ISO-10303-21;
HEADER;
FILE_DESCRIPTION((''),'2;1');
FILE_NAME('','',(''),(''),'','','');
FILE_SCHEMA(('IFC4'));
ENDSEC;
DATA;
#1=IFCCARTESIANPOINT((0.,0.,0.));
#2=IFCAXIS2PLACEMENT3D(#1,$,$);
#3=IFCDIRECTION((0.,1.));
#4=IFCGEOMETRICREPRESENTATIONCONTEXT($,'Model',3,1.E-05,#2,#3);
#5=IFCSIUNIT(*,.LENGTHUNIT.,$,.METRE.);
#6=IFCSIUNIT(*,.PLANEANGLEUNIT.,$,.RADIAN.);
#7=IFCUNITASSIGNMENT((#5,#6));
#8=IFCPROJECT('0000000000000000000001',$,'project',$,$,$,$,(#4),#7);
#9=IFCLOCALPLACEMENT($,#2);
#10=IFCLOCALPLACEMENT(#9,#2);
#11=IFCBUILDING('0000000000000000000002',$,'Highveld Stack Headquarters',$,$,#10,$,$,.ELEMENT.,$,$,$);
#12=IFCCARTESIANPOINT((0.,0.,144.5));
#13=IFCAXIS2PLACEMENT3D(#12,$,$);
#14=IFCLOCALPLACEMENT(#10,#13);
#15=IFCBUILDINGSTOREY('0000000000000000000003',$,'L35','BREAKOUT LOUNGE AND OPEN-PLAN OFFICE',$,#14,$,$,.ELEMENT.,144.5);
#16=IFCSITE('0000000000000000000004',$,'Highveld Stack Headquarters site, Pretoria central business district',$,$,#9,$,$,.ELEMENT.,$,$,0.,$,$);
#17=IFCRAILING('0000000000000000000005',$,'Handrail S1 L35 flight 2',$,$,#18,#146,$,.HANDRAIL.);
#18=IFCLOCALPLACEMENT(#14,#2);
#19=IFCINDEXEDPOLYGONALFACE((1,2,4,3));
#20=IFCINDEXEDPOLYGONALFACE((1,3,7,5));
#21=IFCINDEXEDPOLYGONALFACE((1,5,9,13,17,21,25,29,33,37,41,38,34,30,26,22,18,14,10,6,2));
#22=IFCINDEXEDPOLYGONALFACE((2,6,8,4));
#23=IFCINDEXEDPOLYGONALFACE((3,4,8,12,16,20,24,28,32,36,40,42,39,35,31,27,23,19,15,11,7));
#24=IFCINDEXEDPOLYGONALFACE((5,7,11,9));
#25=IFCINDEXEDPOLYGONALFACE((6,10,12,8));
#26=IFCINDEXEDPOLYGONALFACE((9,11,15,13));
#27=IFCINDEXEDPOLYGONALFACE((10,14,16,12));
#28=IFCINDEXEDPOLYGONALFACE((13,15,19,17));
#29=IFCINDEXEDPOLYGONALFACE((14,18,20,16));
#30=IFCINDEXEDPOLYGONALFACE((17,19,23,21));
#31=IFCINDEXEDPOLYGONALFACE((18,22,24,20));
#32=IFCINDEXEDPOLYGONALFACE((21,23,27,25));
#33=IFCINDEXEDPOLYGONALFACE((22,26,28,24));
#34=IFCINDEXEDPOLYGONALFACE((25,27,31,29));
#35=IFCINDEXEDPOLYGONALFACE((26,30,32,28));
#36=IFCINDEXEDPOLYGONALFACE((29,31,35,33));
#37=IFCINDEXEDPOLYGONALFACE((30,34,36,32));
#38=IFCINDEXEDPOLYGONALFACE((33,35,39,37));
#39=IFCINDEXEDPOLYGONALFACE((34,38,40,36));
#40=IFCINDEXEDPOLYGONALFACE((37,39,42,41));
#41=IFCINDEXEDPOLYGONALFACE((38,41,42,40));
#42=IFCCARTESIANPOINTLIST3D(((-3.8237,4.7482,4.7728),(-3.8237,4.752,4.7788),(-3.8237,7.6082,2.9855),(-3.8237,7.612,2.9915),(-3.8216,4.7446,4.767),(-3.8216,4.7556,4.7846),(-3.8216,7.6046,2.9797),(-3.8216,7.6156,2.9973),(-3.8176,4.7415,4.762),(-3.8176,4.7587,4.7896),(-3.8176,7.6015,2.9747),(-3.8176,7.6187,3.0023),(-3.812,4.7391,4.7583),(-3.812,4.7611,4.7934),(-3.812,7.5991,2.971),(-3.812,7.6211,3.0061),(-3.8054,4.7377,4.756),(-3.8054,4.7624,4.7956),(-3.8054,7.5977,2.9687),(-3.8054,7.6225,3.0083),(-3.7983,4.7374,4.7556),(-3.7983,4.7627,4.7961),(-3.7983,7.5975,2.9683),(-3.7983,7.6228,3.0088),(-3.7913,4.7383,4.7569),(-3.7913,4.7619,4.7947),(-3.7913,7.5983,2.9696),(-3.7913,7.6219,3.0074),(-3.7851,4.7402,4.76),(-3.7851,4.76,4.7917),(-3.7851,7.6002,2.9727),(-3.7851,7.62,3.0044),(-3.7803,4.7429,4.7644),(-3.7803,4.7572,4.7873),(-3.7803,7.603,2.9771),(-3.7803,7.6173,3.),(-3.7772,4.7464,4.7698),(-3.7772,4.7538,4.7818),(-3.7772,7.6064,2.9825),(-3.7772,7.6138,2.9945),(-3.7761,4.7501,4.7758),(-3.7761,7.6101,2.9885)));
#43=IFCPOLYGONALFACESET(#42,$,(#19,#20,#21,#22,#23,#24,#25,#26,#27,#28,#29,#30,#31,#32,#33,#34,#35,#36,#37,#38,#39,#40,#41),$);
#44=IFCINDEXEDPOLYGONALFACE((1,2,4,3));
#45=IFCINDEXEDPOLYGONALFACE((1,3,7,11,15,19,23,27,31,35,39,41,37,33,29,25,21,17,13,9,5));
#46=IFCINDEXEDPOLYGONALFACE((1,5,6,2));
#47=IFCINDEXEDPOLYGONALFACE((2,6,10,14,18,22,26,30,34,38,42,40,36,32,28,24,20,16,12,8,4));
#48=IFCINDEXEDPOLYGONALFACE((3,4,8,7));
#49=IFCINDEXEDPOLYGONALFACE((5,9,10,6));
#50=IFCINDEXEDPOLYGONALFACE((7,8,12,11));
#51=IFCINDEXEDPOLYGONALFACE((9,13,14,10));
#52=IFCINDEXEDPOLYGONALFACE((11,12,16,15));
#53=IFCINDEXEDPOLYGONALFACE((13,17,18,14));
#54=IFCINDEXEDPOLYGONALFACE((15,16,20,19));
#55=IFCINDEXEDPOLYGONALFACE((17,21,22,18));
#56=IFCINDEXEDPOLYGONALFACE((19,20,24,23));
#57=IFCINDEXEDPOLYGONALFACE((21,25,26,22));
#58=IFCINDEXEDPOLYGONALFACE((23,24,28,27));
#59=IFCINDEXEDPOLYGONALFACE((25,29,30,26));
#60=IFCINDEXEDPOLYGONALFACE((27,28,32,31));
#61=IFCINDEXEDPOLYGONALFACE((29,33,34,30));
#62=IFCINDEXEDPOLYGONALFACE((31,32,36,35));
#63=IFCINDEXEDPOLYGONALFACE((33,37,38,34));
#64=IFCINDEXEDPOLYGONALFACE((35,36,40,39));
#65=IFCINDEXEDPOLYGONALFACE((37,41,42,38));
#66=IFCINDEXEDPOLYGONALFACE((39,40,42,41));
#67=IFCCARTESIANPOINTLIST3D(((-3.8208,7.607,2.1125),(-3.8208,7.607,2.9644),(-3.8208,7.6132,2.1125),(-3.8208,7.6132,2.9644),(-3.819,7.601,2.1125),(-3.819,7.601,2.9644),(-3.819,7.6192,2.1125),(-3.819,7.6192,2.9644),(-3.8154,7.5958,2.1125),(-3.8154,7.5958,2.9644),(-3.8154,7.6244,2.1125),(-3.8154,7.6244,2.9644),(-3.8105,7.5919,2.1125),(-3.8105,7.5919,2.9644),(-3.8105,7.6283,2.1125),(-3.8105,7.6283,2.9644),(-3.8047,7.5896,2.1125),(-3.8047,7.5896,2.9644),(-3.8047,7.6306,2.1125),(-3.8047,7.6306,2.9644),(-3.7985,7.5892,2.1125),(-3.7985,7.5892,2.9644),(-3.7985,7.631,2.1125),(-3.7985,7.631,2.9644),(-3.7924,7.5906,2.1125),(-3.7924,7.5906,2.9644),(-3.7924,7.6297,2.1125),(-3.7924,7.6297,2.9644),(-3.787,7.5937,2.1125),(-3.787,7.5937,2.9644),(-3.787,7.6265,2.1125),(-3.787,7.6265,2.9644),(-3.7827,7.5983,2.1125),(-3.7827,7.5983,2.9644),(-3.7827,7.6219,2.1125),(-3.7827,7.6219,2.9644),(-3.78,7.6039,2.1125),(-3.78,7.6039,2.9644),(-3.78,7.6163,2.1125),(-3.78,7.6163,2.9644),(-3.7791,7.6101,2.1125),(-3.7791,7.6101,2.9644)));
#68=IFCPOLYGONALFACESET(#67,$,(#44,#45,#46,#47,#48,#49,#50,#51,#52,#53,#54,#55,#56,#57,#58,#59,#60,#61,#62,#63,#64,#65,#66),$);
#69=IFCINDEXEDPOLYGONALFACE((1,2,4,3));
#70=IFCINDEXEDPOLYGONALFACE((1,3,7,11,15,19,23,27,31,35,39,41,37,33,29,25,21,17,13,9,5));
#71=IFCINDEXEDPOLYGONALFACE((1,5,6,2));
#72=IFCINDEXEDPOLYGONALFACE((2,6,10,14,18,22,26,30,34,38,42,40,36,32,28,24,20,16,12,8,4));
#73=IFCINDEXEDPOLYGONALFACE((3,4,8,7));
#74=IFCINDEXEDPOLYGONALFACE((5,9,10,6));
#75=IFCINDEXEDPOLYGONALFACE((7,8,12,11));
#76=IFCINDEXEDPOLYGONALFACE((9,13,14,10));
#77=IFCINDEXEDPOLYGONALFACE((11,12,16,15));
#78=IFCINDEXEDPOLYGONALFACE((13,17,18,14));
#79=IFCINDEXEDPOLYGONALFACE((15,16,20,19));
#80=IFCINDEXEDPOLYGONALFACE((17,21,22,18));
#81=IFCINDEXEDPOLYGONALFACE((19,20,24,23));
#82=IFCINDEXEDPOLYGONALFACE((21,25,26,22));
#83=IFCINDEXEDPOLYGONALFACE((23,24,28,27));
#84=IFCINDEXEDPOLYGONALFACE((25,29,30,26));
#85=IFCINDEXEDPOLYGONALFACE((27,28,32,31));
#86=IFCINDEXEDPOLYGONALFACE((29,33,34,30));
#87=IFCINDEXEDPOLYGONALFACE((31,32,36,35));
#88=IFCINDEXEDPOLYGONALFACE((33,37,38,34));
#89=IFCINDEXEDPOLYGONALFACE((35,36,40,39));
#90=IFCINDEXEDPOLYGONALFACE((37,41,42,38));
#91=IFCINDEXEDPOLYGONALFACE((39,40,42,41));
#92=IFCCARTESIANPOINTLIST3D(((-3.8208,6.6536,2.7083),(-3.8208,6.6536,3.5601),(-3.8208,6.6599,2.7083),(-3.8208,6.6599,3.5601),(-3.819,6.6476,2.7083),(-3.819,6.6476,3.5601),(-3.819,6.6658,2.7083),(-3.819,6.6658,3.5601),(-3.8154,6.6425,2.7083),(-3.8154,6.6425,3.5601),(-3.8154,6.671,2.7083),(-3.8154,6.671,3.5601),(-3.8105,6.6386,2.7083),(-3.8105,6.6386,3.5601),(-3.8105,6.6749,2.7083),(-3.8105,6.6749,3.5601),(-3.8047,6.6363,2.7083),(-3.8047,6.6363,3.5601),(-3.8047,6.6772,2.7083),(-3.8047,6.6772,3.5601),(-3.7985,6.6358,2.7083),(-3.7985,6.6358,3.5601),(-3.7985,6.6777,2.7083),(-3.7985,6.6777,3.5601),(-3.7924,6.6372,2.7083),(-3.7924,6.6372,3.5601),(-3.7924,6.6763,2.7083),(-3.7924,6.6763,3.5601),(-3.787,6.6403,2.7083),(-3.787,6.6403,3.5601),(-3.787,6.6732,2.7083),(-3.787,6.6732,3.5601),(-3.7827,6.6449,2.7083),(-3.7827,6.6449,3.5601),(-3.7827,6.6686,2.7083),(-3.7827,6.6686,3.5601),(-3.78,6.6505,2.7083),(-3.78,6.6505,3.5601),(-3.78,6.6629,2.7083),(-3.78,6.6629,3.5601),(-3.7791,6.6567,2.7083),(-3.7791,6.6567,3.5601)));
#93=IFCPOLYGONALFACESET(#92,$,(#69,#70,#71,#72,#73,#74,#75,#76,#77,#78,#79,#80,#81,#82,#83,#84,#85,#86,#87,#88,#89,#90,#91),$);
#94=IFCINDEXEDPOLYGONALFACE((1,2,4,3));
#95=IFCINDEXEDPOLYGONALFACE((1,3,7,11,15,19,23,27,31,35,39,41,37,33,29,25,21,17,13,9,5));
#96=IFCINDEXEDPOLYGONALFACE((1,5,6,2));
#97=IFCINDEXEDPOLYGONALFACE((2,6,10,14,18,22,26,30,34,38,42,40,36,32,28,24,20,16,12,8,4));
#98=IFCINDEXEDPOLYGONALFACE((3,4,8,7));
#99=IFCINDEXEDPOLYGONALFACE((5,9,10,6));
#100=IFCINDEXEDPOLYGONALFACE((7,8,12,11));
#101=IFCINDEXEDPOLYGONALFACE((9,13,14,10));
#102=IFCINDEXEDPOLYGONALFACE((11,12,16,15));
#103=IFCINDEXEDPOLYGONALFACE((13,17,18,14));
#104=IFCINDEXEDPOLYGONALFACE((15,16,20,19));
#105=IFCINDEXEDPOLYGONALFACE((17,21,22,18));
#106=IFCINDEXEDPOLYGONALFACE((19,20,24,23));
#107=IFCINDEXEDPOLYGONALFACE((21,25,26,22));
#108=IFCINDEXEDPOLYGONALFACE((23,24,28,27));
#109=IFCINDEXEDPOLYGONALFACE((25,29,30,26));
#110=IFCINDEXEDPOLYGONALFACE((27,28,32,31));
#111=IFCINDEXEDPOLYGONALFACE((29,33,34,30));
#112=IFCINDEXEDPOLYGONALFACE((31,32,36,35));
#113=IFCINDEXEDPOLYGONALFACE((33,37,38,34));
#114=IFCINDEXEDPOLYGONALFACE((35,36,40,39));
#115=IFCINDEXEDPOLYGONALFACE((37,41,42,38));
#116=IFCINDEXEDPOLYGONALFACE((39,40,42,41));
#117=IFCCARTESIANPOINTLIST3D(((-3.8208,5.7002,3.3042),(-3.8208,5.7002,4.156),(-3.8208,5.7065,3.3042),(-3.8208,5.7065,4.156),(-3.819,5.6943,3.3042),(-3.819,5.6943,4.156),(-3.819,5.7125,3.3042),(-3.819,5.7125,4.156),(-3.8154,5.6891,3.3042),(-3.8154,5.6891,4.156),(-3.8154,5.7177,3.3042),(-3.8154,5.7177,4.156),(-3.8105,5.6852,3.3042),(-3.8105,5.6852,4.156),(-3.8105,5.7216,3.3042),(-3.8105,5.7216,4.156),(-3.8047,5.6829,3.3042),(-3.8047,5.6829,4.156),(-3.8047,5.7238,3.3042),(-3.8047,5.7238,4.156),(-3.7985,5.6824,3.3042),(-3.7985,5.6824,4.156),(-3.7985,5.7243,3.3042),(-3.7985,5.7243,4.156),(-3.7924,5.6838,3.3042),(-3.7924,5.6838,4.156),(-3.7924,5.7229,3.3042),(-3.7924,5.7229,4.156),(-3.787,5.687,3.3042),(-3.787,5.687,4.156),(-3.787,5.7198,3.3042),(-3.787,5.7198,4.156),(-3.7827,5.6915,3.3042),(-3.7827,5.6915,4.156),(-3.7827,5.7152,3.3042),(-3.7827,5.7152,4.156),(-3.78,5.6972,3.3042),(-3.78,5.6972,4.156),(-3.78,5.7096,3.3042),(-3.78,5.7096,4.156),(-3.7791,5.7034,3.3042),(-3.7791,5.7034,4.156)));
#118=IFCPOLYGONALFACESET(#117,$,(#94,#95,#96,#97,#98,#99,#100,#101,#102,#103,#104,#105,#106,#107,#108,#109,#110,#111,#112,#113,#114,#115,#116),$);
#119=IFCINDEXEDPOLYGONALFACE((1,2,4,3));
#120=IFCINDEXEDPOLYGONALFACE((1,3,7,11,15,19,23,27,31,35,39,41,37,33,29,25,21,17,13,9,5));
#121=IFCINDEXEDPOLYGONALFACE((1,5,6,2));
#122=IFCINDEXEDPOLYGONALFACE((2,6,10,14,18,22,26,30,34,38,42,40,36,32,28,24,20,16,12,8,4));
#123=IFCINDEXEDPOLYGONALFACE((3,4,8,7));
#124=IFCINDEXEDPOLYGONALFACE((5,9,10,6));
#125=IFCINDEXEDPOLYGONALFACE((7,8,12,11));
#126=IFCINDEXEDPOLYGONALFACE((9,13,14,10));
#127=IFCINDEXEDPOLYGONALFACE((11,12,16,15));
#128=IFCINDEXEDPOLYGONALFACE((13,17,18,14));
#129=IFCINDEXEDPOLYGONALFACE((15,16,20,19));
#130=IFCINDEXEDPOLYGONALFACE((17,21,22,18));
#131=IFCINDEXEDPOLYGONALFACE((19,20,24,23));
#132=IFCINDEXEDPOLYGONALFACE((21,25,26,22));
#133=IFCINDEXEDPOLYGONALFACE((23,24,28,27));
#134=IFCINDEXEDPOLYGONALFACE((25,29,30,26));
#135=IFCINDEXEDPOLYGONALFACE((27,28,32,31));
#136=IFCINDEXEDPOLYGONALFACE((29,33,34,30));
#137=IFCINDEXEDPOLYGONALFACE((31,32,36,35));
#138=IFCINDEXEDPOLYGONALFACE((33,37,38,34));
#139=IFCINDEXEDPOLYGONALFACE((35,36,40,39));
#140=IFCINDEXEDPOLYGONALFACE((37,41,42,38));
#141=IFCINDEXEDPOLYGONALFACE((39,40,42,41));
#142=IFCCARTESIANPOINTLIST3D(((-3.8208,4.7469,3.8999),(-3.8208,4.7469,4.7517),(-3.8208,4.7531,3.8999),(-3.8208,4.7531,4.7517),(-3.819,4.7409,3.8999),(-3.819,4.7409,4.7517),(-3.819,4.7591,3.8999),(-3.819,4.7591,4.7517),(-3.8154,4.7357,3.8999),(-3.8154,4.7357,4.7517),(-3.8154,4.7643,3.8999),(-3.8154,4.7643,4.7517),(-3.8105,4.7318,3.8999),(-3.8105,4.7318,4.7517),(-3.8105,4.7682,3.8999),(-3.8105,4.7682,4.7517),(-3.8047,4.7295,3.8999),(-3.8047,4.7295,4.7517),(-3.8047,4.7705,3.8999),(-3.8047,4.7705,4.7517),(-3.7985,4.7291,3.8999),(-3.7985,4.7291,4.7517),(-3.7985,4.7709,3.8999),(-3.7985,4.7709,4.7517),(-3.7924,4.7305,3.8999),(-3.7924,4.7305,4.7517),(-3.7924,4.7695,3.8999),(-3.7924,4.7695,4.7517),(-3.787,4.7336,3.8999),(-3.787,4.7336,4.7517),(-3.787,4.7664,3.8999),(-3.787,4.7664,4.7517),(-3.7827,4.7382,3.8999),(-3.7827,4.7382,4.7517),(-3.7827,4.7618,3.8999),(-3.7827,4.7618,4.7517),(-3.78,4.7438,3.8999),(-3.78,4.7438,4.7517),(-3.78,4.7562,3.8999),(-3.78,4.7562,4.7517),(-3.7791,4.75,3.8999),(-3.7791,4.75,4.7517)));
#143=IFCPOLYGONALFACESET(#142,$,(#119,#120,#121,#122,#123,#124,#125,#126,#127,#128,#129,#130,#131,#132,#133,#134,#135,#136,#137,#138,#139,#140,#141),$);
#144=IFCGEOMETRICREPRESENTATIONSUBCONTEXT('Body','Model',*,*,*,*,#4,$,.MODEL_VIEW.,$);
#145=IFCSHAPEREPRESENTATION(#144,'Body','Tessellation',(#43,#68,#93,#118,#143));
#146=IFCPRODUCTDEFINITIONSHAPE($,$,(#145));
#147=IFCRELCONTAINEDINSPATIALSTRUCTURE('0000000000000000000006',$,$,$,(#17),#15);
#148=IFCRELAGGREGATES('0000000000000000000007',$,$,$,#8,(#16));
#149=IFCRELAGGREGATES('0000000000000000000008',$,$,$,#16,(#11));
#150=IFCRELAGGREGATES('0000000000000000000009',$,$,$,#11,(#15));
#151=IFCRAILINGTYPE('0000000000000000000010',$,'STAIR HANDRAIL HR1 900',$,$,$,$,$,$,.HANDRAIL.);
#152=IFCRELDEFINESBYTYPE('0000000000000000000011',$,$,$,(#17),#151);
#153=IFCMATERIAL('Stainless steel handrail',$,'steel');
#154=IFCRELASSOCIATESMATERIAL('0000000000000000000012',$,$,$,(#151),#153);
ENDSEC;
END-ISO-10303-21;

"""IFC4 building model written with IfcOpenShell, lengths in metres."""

from ifc_helpers import new_model, si_unit, direction, frame, origin, origin_2d, place, context, subcontext, project, spatial, circle, extrude, material, type_object, element, save


model = new_model("IFC4")

# Units and contexts
model_context = context("Model", 3, precision=1e-05, world=origin(), true_north=direction((0.0, 1.0)))
body_context = subcontext(model_context, "Body", "Model", "MODEL_VIEW")
ifc_project = project(units=[si_unit("LENGTHUNIT", "METRE"), si_unit("PLANEANGLEUNIT", "RADIAN")], contexts=[model_context])

# Site, building, storey
site_placement = place(None, origin())
site = spatial("IfcSite", under=ifc_project, at=site_placement, Name="Highveld Stack Headquarters site, Pretoria central business district", CompositionType="ELEMENT", RefElevation=0.0)
building_placement = place(site_placement, origin())
building = spatial("IfcBuilding", under=site, at=building_placement, Name="Highveld Stack Headquarters", CompositionType="ELEMENT")
storey_placement = place(building_placement, frame((0.0, 0.0, 144.5)))
storey = spatial("IfcBuildingStorey", under=building, at=storey_placement, Name="L35", Description="BREAKOUT LOUNGE AND OPEN-PLAN OFFICE", CompositionType="ELEMENT", Elevation=144.5)

# Railing
ifc_material_1 = material(Name="Stainless steel handrail", Category="steel")
railing_type = type_object("IfcRailingType", Name="STAIR HANDRAIL HR1 900", PredefinedType="HANDRAIL", material=ifc_material_1)
railing_placement = place(storey_placement, frame((-3.8, 7.6101, 2.1125)))
element("IfcRailing", 1, at=railing_placement, inside=storey, type_object=railing_type, Name="Handrail S1 L35 flight 2", PredefinedType="HANDRAIL", context=body_context, shape_type="SweptSolid", body=[
    extrude(circle(Radius=0.0239, at=origin_2d()), frame((0.0, 0.0, 0.876), z_axis=(0.0, -0.848027, 0.529953), x_axis=(1.0, 0.0, 0.0)), (0.0, 0.0, 1.0), 3.3726),
    extrude(circle(Radius=0.021, at=origin_2d()), origin(), (0.0, 0.0, 1.0), 0.8518),
    extrude(circle(Radius=0.021, at=origin_2d()), frame((0.0, -0.9534, 0.5957)), (0.0, 0.0, 1.0), 0.8518),
    extrude(circle(Radius=0.021, at=origin_2d()), frame((0.0, -1.9067, 1.1917)), (0.0, 0.0, 1.0), 0.8518),
    extrude(circle(Radius=0.021, at=origin_2d()), frame((0.0, -2.8601, 1.7874)), (0.0, 0.0, 1.0), 0.8518),
])

save(model, "model.ifc")
